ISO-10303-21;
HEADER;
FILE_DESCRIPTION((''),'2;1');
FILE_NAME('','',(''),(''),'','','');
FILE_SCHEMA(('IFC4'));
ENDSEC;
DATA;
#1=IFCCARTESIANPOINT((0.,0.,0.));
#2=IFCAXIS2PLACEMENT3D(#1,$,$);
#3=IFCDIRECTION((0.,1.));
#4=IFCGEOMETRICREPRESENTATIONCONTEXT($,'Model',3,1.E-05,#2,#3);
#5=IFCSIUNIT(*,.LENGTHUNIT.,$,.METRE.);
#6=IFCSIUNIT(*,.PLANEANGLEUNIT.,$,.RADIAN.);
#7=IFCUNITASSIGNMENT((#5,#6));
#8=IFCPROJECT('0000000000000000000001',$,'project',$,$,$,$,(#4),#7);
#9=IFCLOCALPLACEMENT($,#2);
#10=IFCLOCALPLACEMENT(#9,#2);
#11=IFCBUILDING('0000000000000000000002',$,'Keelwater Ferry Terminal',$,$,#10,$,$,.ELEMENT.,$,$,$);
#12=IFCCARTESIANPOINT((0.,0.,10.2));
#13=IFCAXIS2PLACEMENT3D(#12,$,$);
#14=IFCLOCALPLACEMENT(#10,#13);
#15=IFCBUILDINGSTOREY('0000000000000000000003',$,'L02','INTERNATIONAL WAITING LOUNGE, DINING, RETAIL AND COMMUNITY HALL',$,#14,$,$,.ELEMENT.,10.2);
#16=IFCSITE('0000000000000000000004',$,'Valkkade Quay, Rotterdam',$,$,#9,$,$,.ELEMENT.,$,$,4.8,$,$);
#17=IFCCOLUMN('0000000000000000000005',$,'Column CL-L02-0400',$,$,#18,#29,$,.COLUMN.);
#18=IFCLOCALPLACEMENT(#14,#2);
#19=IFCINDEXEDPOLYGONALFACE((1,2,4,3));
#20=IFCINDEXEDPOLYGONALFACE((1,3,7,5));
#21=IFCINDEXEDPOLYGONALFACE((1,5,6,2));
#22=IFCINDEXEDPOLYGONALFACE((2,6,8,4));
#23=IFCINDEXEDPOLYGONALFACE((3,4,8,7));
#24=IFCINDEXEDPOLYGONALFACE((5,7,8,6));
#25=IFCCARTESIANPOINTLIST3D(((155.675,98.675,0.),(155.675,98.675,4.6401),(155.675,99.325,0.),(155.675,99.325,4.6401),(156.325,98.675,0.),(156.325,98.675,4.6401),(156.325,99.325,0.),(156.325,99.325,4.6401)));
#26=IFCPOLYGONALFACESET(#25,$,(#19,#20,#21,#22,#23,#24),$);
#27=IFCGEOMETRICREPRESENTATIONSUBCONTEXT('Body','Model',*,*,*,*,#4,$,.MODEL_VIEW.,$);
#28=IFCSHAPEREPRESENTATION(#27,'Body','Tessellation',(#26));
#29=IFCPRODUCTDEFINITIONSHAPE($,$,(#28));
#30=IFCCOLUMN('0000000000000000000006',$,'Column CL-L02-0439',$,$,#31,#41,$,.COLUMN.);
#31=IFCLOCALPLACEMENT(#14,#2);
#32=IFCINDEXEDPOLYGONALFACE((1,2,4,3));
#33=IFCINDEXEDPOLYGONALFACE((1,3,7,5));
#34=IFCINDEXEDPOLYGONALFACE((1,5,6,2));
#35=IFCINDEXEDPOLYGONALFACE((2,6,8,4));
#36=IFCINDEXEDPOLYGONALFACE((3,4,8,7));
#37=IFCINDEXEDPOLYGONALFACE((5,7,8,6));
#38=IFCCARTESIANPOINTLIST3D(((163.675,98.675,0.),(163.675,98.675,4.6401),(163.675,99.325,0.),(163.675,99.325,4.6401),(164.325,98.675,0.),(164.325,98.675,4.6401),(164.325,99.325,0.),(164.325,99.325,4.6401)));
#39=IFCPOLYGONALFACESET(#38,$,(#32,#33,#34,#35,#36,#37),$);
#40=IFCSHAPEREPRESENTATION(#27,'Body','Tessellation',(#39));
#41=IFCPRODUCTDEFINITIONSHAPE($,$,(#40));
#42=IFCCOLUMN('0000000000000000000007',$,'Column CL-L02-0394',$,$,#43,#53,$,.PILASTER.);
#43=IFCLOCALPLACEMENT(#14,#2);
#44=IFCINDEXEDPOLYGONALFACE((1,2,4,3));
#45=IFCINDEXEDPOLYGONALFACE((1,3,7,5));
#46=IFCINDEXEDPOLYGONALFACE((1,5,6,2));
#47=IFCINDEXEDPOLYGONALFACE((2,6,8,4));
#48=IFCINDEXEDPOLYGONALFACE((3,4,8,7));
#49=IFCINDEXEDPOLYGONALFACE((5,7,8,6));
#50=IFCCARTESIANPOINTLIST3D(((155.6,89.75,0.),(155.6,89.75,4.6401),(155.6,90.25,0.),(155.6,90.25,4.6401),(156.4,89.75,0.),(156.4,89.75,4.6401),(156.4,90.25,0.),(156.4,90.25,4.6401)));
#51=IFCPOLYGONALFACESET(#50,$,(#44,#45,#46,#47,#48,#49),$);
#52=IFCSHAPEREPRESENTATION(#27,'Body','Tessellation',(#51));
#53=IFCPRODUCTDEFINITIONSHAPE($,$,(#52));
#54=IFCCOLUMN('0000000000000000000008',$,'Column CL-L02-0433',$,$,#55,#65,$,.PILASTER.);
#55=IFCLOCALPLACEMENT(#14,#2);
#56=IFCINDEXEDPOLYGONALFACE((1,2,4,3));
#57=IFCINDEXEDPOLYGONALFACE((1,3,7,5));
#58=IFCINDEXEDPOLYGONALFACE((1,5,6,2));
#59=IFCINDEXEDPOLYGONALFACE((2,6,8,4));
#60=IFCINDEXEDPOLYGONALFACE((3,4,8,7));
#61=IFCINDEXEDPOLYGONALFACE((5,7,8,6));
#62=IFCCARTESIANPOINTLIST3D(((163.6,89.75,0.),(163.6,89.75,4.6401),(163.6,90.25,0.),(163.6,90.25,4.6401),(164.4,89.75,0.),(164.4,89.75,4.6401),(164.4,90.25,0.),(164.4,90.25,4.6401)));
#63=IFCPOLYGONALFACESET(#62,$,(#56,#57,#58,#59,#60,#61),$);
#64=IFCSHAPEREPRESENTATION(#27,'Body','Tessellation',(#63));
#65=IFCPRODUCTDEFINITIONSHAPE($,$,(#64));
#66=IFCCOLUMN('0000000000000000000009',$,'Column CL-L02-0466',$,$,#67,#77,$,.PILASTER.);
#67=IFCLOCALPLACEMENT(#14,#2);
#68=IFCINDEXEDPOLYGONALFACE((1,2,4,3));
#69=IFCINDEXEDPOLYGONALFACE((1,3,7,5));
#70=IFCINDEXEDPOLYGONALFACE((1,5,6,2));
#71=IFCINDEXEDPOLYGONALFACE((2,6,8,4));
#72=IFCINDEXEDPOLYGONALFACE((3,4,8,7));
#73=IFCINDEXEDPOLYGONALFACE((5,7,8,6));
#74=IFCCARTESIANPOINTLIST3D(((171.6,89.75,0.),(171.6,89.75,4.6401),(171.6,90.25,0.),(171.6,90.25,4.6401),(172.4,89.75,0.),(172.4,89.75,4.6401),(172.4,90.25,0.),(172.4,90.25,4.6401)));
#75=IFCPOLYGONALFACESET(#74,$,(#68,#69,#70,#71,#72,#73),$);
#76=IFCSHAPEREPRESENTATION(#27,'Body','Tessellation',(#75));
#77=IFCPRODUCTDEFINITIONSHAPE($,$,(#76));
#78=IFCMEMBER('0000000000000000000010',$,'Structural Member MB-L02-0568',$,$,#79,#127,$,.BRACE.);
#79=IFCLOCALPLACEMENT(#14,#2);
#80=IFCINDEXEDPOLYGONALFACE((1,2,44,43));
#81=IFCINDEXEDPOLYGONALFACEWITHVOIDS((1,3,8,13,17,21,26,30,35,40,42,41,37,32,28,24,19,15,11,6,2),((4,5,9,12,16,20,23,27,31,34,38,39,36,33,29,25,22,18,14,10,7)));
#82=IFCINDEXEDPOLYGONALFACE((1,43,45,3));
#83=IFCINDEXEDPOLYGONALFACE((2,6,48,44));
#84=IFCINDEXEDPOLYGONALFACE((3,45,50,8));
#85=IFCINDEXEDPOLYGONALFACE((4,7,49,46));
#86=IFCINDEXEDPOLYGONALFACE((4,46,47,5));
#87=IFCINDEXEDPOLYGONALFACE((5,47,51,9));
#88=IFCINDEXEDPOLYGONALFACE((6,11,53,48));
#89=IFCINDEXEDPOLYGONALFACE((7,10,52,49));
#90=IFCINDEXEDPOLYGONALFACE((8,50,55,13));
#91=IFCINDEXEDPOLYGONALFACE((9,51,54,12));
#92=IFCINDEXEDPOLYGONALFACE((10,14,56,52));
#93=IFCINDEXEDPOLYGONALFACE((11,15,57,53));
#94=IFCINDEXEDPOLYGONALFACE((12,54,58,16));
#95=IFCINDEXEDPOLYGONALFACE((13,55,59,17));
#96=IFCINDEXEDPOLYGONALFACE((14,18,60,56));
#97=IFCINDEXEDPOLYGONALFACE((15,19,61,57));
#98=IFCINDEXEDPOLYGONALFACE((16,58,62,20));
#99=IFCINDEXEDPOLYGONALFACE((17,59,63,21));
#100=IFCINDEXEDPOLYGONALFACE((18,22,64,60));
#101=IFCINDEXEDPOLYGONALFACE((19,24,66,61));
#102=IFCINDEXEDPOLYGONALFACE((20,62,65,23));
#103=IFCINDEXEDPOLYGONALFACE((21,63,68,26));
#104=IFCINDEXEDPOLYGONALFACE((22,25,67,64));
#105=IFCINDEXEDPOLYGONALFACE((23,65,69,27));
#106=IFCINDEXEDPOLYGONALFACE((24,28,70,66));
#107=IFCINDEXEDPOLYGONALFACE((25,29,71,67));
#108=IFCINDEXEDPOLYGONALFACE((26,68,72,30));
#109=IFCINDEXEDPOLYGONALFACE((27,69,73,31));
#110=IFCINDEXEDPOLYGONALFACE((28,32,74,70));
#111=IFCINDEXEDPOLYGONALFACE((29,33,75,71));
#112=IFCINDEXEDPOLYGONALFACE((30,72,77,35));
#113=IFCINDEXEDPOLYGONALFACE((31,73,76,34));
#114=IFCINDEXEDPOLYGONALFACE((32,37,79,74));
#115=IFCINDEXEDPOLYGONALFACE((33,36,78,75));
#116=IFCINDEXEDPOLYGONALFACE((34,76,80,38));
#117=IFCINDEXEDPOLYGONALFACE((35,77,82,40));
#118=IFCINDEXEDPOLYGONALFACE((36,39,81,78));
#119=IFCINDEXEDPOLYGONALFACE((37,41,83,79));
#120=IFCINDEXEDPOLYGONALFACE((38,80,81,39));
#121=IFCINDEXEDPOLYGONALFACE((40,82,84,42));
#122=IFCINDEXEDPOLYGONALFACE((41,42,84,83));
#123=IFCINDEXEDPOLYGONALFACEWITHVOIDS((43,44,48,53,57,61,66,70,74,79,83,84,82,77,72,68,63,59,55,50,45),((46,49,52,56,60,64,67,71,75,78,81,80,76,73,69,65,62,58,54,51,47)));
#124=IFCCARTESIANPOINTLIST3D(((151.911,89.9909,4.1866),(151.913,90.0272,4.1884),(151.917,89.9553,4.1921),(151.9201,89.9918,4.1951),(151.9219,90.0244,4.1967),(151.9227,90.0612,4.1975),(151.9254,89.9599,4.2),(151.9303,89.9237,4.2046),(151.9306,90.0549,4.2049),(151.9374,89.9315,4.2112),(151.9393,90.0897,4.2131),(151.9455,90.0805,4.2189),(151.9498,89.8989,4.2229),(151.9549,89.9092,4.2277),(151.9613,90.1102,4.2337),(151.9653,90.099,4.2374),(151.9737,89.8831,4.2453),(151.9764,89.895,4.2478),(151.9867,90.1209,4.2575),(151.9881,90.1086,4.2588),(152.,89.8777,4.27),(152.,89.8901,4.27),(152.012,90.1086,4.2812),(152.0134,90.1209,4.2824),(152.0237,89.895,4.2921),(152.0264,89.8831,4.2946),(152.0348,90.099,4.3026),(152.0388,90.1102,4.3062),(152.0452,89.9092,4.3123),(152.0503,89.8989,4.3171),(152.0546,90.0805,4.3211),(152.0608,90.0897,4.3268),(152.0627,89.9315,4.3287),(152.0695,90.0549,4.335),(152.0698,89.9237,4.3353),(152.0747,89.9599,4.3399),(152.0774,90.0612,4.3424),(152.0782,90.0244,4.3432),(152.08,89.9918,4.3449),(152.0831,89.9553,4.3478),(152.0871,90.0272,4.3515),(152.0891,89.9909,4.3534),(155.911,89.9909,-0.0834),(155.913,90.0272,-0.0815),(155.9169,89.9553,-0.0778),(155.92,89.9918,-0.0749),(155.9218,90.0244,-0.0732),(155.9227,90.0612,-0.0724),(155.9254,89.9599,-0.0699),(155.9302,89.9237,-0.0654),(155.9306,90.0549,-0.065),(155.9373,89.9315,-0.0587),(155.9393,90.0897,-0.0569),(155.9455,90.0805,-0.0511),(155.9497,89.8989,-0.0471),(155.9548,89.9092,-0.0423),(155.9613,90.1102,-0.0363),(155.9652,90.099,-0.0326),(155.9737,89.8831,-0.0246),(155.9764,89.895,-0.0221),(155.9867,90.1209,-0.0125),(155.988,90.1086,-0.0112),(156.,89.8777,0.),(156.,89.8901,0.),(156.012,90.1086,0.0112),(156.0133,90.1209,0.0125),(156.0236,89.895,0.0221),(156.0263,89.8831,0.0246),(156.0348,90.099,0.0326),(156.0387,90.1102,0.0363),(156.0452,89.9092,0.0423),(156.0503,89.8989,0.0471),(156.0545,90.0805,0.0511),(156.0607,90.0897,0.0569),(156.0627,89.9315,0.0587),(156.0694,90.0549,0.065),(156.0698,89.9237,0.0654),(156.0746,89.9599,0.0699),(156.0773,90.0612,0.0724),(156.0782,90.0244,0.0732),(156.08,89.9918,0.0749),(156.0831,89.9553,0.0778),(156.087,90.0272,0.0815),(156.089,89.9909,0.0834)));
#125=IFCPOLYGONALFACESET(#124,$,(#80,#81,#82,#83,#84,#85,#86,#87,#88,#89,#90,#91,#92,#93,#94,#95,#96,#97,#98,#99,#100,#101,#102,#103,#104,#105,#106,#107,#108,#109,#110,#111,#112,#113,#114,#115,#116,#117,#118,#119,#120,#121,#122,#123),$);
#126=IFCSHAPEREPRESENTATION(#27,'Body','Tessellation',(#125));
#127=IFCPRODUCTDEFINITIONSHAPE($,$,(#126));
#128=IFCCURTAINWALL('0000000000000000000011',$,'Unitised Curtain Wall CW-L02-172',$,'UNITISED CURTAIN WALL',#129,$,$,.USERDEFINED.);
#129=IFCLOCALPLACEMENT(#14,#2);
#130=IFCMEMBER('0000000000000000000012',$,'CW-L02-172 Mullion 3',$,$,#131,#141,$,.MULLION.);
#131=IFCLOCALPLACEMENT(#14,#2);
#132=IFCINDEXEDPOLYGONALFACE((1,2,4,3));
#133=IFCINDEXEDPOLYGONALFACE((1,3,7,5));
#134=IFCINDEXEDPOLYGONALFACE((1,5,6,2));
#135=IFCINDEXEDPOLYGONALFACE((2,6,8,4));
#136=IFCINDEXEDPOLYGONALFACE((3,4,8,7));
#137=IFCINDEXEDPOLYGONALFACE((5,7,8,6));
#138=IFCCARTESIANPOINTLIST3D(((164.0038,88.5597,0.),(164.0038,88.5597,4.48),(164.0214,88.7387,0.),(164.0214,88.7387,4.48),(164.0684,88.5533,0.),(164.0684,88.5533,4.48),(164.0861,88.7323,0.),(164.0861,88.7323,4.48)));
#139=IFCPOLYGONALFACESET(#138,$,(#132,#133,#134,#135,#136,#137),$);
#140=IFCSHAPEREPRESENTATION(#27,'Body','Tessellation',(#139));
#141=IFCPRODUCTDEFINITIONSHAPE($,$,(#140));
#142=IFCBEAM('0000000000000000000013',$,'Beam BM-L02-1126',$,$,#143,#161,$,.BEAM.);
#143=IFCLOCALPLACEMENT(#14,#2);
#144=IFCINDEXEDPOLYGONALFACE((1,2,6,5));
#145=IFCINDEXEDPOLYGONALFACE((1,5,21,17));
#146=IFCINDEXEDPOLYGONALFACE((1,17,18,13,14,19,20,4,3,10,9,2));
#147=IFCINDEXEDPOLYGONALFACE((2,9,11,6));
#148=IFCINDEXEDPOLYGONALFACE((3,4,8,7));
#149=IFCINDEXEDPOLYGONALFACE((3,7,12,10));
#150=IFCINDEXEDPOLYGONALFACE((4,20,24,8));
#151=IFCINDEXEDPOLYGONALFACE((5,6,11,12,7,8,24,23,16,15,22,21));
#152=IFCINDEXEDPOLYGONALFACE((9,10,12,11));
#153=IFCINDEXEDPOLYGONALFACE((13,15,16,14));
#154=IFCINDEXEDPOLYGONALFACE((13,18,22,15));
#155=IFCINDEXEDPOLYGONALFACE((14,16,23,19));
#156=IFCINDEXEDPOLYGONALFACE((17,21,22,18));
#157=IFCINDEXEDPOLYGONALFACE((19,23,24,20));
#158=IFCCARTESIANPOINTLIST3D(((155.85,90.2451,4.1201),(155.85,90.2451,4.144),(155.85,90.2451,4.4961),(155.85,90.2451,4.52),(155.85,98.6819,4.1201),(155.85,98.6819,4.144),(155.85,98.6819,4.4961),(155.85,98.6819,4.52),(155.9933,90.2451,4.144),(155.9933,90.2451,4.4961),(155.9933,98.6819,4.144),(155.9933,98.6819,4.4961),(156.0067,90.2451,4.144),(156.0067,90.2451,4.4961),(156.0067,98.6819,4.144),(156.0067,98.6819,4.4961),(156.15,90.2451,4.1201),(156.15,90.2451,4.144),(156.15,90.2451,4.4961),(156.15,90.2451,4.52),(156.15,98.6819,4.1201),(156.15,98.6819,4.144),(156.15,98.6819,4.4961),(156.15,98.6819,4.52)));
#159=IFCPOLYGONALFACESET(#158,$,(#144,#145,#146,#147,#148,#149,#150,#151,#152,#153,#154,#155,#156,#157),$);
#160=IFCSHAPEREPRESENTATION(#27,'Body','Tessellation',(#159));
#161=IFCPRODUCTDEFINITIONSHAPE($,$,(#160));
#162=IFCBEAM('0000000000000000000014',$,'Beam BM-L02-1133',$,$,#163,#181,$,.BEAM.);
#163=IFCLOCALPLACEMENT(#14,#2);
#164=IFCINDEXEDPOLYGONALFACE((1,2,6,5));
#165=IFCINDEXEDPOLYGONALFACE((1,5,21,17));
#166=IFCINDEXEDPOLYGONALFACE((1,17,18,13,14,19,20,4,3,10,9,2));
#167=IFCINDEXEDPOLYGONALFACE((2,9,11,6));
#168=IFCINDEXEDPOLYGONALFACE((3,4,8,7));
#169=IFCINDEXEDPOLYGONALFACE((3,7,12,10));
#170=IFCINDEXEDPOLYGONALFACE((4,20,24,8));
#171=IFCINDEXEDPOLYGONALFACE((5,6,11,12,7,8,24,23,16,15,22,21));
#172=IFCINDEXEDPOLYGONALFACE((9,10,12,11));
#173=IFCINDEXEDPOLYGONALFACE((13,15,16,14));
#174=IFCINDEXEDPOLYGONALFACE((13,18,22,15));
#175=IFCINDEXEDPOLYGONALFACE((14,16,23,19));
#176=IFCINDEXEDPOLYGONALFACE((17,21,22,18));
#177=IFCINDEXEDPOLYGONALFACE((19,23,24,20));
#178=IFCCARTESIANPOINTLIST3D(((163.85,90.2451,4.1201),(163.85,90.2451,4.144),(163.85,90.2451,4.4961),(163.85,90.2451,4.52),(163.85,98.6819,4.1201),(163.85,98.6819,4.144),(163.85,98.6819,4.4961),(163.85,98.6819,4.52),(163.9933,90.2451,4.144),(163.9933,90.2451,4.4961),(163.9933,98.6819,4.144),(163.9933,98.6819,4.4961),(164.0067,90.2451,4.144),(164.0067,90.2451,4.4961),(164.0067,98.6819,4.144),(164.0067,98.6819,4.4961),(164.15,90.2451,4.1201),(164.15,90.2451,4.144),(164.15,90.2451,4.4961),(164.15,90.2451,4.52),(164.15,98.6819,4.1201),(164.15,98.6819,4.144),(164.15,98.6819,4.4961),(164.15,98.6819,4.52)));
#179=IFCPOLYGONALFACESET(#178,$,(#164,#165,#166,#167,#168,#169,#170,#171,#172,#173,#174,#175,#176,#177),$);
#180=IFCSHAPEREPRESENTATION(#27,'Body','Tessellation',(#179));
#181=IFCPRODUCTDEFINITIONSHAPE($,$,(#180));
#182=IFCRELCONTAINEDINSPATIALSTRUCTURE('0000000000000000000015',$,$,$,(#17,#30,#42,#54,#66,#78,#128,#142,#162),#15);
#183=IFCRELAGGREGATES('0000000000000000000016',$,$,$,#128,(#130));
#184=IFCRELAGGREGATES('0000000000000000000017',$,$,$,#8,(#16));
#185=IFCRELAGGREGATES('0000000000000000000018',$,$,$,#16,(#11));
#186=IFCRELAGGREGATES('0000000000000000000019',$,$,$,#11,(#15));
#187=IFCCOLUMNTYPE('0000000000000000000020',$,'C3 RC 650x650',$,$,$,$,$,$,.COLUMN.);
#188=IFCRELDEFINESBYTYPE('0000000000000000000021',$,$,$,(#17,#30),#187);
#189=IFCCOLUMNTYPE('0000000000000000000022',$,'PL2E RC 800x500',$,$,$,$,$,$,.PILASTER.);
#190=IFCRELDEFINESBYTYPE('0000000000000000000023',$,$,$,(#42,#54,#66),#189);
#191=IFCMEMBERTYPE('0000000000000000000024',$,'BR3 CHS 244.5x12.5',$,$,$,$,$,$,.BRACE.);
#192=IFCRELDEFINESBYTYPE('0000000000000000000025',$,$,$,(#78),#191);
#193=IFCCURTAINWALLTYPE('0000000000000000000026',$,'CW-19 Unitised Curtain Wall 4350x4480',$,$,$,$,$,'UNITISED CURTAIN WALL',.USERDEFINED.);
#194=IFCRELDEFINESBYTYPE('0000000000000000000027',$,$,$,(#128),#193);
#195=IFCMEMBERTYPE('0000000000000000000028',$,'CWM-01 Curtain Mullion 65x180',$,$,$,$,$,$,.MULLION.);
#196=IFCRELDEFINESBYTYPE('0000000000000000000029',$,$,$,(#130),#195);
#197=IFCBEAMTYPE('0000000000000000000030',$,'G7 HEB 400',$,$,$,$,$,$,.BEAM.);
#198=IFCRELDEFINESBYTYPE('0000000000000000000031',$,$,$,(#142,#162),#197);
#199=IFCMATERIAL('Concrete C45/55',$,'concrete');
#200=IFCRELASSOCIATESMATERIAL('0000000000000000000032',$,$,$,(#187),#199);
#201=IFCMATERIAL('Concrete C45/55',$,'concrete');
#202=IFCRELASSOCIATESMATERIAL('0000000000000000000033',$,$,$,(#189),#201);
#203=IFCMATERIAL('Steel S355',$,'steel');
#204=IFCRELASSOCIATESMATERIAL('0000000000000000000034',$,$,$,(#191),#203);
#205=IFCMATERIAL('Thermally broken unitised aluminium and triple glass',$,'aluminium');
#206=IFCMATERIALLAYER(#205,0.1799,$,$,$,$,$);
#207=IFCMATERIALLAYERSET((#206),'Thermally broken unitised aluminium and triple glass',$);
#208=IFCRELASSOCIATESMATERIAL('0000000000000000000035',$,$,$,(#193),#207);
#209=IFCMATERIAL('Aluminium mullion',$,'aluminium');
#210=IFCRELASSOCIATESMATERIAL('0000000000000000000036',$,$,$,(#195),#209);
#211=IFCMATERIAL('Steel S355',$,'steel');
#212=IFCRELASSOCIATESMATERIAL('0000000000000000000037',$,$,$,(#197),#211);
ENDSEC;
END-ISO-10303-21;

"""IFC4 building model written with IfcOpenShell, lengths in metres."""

from ifc_helpers import new_model, si_unit, direction, frame, origin, origin_2d, place, context, subcontext, project, spatial, rectangle, hollow_circle, i_section, extrude, material, layer, layer_set, material_profile, profile_set, type_object, element, aggregate, save


model = new_model("IFC4")

# Units and contexts
model_context = context("Model", 3, precision=1e-05, world=origin(), true_north=direction((0.0, 1.0)))
body_context = subcontext(model_context, "Body", "Model", "MODEL_VIEW")
ifc_project = project(units=[si_unit("LENGTHUNIT", "METRE"), si_unit("PLANEANGLEUNIT", "RADIAN")], contexts=[model_context])

# Site, building, storey
site_placement = place(None, origin())
site = spatial("IfcSite", under=ifc_project, at=site_placement, Name="Valkkade Quay, Rotterdam", CompositionType="ELEMENT", RefElevation=4.8)
building_placement = place(site_placement, origin())
building = spatial("IfcBuilding", under=site, at=building_placement, Name="Keelwater Ferry Terminal", CompositionType="ELEMENT")
storey_placement = place(building_placement, frame((0.0, 0.0, 10.2)))
storey = spatial("IfcBuildingStorey", under=building, at=storey_placement, Name="L02", Description="INTERNATIONAL WAITING LOUNGE, DINING, RETAIL AND COMMUNITY HALL", CompositionType="ELEMENT", Elevation=10.2)

# Columns
ifc_material_1 = material(Name="Concrete C45/55", Category="concrete")
ifc_material_profile_1 = material_profile(ifc_material_1, rectangle(XDim=0.6499, YDim=0.6499, at=origin_2d()), Name="RC 650x650")
ifc_profile_set_1 = profile_set([ifc_material_profile_1], Name="Concrete C45/55")
column_type_1 = type_object("IfcColumnType", Name="C3 RC 650x650", PredefinedType="COLUMN", material=ifc_profile_set_1)
for number, where, z_axis, x_axis, name in (
    (1, (156.0, 99.0, 0.0), (0.0, 0.0, 1.0), (1.0, 0.0, 0.0), "Column CL-L02-0400"),
    (2, (164.0, 99.0, 0.0), (0.0, 0.0, 1.0), (1.0, 0.0, 0.0), "Column CL-L02-0439"),
):
    element("IfcColumn", number, at=place(storey_placement, frame(where, z_axis=z_axis, x_axis=x_axis)), inside=storey, type_object=column_type_1, Name=name, PredefinedType="COLUMN", context=body_context, shape_type="SweptSolid", body=[
        extrude(rectangle(XDim=0.6499, YDim=0.6499, at=origin_2d()), origin(), (0.0, 0.0, 1.0), 4.6401),
    ])
ifc_material_2 = material(Name="Concrete C45/55", Category="concrete")
ifc_material_profile_2 = material_profile(ifc_material_2, rectangle(XDim=0.5, YDim=0.8, at=origin_2d()), Name="RC 800x500")
ifc_profile_set_2 = profile_set([ifc_material_profile_2], Name="Concrete C45/55")
column_type_2 = type_object("IfcColumnType", Name="PL2E RC 800x500", PredefinedType="PILASTER", material=ifc_profile_set_2)
for number, where, z_axis, x_axis, name in (
    (3, (156.0, 90.0, 0.0), (0.0, 0.0, 1.0), (0.0, 1.0, 0.0), "Column CL-L02-0394"),
    (4, (164.0, 90.0, 0.0), (0.0, 0.0, 1.0), (0.0, 1.0, 0.0), "Column CL-L02-0433"),
    (5, (172.0, 90.0, 0.0), (0.0, 0.0, 1.0), (0.0, 1.0, 0.0), "Column CL-L02-0466"),
):
    element("IfcColumn", number, at=place(storey_placement, frame(where, z_axis=z_axis, x_axis=x_axis)), inside=storey, type_object=column_type_2, Name=name, PredefinedType="PILASTER", context=body_context, shape_type="SweptSolid", body=[
        extrude(rectangle(XDim=0.5, YDim=0.8, at=origin_2d()), origin(), (0.0, 0.0, 1.0), 4.6401),
    ])

# Member
ifc_material_3 = material(Name="Steel S355", Category="steel")
ifc_material_profile_3 = material_profile(ifc_material_3, hollow_circle(Radius=0.1223, WallThickness=0.0125, at=origin_2d()), Name="CHS 244.5x12.5")
ifc_profile_set_3 = profile_set([ifc_material_profile_3], Name="Steel S355")
member_type_1 = type_object("IfcMemberType", Name="BR3 CHS 244.5x12.5", PredefinedType="BRACE", material=ifc_profile_set_3)
member_1_placement = place(storey_placement, frame((156.0, 90.0, 0.0), z_axis=(-0.683655, 0.0, 0.729805), x_axis=(0.0, -1.0, 0.0)))
element("IfcMember", 6, at=member_1_placement, inside=storey, type_object=member_type_1, Name="Structural Member MB-L02-0568", PredefinedType="BRACE", context=body_context, shape_type="SweptSolid", body=[
    extrude(hollow_circle(Radius=0.1223, WallThickness=0.0125, at=origin_2d()), origin(), (0.0, 0.0, 1.0), 5.8508),
])

# Curtain wall, member
ifc_material_4 = material(Name="Thermally broken unitised aluminium and triple glass", Category="aluminium")
ifc_layer_1 = layer(ifc_material_4, 0.1799)
ifc_layer_set_1 = layer_set([ifc_layer_1], Name="Thermally broken unitised aluminium and triple glass")
curtain_wall_type = type_object("IfcCurtainWallType", Name="CW-19 Unitised Curtain Wall 4350x4480", ElementType="UNITISED CURTAIN WALL", PredefinedType="USERDEFINED", material=ifc_layer_set_1)
curtain_wall_placement = place(storey_placement, origin())
curtain_wall = element("IfcCurtainWall", 7, at=curtain_wall_placement, inside=storey, type_object=curtain_wall_type, Name="Unitised Curtain Wall CW-L02-172", ObjectType="UNITISED CURTAIN WALL", PredefinedType="USERDEFINED")
ifc_material_5 = material(Name="Aluminium mullion", Category="aluminium")
ifc_material_profile_4 = material_profile(ifc_material_5, rectangle(XDim=0.0649, YDim=0.1799, at=origin_2d()), Name="CWM-01")
ifc_profile_set_4 = profile_set([ifc_material_profile_4], Name="Aluminium mullion")
member_type_2 = type_object("IfcMemberType", Name="CWM-01 Curtain Mullion 65x180", PredefinedType="MULLION", material=ifc_profile_set_4)
member_2_placement = place(storey_placement, frame((164.0449, 88.646, 0.0), z_axis=(0.0, 0.0, 1.0), x_axis=(-0.995171, 0.098161, 0.0)))
member_2 = element("IfcMember", 8, at=member_2_placement, type_object=member_type_2, Name="CW-L02-172 Mullion 3", PredefinedType="MULLION", context=body_context, shape_type="SweptSolid", body=[
    extrude(rectangle(XDim=0.0649, YDim=0.1799, at=origin_2d()), origin(), (0.0, 0.0, 1.0), 4.48),
])

# Beams
ifc_material_6 = material(Name="Steel S355", Category="steel")
ifc_material_profile_5 = material_profile(ifc_material_6, i_section(OverallWidth=0.3, OverallDepth=0.3999, WebThickness=0.0134, FlangeThickness=0.0239, at=origin_2d()), Name="HEB 400")
ifc_profile_set_5 = profile_set([ifc_material_profile_5], Name="Steel S355")
beam_type_1 = type_object("IfcBeamType", Name="G7 HEB 400", PredefinedType="BEAM", material=ifc_profile_set_5)
for number, where, z_axis, x_axis, name in (
    (9, (156.0, 90.2451, 4.3201), (0.0, 1.0, 0.0), (-1.0, 0.0, 0.0), "Beam BM-L02-1126"),
    (10, (164.0, 90.2451, 4.3201), (0.0, 1.0, 0.0), (-1.0, 0.0, 0.0), "Beam BM-L02-1133"),
):
    element("IfcBeam", number, at=place(storey_placement, frame(where, z_axis=z_axis, x_axis=x_axis)), inside=storey, type_object=beam_type_1, Name=name, PredefinedType="BEAM", context=body_context, shape_type="SweptSolid", body=[
        extrude(i_section(OverallWidth=0.3, OverallDepth=0.3999, WebThickness=0.0134, FlangeThickness=0.0239, at=origin_2d()), origin(), (0.0, 0.0, 1.0), 8.4368),
    ])

aggregate(curtain_wall, [member_2])

save(model, "model.ifc")
